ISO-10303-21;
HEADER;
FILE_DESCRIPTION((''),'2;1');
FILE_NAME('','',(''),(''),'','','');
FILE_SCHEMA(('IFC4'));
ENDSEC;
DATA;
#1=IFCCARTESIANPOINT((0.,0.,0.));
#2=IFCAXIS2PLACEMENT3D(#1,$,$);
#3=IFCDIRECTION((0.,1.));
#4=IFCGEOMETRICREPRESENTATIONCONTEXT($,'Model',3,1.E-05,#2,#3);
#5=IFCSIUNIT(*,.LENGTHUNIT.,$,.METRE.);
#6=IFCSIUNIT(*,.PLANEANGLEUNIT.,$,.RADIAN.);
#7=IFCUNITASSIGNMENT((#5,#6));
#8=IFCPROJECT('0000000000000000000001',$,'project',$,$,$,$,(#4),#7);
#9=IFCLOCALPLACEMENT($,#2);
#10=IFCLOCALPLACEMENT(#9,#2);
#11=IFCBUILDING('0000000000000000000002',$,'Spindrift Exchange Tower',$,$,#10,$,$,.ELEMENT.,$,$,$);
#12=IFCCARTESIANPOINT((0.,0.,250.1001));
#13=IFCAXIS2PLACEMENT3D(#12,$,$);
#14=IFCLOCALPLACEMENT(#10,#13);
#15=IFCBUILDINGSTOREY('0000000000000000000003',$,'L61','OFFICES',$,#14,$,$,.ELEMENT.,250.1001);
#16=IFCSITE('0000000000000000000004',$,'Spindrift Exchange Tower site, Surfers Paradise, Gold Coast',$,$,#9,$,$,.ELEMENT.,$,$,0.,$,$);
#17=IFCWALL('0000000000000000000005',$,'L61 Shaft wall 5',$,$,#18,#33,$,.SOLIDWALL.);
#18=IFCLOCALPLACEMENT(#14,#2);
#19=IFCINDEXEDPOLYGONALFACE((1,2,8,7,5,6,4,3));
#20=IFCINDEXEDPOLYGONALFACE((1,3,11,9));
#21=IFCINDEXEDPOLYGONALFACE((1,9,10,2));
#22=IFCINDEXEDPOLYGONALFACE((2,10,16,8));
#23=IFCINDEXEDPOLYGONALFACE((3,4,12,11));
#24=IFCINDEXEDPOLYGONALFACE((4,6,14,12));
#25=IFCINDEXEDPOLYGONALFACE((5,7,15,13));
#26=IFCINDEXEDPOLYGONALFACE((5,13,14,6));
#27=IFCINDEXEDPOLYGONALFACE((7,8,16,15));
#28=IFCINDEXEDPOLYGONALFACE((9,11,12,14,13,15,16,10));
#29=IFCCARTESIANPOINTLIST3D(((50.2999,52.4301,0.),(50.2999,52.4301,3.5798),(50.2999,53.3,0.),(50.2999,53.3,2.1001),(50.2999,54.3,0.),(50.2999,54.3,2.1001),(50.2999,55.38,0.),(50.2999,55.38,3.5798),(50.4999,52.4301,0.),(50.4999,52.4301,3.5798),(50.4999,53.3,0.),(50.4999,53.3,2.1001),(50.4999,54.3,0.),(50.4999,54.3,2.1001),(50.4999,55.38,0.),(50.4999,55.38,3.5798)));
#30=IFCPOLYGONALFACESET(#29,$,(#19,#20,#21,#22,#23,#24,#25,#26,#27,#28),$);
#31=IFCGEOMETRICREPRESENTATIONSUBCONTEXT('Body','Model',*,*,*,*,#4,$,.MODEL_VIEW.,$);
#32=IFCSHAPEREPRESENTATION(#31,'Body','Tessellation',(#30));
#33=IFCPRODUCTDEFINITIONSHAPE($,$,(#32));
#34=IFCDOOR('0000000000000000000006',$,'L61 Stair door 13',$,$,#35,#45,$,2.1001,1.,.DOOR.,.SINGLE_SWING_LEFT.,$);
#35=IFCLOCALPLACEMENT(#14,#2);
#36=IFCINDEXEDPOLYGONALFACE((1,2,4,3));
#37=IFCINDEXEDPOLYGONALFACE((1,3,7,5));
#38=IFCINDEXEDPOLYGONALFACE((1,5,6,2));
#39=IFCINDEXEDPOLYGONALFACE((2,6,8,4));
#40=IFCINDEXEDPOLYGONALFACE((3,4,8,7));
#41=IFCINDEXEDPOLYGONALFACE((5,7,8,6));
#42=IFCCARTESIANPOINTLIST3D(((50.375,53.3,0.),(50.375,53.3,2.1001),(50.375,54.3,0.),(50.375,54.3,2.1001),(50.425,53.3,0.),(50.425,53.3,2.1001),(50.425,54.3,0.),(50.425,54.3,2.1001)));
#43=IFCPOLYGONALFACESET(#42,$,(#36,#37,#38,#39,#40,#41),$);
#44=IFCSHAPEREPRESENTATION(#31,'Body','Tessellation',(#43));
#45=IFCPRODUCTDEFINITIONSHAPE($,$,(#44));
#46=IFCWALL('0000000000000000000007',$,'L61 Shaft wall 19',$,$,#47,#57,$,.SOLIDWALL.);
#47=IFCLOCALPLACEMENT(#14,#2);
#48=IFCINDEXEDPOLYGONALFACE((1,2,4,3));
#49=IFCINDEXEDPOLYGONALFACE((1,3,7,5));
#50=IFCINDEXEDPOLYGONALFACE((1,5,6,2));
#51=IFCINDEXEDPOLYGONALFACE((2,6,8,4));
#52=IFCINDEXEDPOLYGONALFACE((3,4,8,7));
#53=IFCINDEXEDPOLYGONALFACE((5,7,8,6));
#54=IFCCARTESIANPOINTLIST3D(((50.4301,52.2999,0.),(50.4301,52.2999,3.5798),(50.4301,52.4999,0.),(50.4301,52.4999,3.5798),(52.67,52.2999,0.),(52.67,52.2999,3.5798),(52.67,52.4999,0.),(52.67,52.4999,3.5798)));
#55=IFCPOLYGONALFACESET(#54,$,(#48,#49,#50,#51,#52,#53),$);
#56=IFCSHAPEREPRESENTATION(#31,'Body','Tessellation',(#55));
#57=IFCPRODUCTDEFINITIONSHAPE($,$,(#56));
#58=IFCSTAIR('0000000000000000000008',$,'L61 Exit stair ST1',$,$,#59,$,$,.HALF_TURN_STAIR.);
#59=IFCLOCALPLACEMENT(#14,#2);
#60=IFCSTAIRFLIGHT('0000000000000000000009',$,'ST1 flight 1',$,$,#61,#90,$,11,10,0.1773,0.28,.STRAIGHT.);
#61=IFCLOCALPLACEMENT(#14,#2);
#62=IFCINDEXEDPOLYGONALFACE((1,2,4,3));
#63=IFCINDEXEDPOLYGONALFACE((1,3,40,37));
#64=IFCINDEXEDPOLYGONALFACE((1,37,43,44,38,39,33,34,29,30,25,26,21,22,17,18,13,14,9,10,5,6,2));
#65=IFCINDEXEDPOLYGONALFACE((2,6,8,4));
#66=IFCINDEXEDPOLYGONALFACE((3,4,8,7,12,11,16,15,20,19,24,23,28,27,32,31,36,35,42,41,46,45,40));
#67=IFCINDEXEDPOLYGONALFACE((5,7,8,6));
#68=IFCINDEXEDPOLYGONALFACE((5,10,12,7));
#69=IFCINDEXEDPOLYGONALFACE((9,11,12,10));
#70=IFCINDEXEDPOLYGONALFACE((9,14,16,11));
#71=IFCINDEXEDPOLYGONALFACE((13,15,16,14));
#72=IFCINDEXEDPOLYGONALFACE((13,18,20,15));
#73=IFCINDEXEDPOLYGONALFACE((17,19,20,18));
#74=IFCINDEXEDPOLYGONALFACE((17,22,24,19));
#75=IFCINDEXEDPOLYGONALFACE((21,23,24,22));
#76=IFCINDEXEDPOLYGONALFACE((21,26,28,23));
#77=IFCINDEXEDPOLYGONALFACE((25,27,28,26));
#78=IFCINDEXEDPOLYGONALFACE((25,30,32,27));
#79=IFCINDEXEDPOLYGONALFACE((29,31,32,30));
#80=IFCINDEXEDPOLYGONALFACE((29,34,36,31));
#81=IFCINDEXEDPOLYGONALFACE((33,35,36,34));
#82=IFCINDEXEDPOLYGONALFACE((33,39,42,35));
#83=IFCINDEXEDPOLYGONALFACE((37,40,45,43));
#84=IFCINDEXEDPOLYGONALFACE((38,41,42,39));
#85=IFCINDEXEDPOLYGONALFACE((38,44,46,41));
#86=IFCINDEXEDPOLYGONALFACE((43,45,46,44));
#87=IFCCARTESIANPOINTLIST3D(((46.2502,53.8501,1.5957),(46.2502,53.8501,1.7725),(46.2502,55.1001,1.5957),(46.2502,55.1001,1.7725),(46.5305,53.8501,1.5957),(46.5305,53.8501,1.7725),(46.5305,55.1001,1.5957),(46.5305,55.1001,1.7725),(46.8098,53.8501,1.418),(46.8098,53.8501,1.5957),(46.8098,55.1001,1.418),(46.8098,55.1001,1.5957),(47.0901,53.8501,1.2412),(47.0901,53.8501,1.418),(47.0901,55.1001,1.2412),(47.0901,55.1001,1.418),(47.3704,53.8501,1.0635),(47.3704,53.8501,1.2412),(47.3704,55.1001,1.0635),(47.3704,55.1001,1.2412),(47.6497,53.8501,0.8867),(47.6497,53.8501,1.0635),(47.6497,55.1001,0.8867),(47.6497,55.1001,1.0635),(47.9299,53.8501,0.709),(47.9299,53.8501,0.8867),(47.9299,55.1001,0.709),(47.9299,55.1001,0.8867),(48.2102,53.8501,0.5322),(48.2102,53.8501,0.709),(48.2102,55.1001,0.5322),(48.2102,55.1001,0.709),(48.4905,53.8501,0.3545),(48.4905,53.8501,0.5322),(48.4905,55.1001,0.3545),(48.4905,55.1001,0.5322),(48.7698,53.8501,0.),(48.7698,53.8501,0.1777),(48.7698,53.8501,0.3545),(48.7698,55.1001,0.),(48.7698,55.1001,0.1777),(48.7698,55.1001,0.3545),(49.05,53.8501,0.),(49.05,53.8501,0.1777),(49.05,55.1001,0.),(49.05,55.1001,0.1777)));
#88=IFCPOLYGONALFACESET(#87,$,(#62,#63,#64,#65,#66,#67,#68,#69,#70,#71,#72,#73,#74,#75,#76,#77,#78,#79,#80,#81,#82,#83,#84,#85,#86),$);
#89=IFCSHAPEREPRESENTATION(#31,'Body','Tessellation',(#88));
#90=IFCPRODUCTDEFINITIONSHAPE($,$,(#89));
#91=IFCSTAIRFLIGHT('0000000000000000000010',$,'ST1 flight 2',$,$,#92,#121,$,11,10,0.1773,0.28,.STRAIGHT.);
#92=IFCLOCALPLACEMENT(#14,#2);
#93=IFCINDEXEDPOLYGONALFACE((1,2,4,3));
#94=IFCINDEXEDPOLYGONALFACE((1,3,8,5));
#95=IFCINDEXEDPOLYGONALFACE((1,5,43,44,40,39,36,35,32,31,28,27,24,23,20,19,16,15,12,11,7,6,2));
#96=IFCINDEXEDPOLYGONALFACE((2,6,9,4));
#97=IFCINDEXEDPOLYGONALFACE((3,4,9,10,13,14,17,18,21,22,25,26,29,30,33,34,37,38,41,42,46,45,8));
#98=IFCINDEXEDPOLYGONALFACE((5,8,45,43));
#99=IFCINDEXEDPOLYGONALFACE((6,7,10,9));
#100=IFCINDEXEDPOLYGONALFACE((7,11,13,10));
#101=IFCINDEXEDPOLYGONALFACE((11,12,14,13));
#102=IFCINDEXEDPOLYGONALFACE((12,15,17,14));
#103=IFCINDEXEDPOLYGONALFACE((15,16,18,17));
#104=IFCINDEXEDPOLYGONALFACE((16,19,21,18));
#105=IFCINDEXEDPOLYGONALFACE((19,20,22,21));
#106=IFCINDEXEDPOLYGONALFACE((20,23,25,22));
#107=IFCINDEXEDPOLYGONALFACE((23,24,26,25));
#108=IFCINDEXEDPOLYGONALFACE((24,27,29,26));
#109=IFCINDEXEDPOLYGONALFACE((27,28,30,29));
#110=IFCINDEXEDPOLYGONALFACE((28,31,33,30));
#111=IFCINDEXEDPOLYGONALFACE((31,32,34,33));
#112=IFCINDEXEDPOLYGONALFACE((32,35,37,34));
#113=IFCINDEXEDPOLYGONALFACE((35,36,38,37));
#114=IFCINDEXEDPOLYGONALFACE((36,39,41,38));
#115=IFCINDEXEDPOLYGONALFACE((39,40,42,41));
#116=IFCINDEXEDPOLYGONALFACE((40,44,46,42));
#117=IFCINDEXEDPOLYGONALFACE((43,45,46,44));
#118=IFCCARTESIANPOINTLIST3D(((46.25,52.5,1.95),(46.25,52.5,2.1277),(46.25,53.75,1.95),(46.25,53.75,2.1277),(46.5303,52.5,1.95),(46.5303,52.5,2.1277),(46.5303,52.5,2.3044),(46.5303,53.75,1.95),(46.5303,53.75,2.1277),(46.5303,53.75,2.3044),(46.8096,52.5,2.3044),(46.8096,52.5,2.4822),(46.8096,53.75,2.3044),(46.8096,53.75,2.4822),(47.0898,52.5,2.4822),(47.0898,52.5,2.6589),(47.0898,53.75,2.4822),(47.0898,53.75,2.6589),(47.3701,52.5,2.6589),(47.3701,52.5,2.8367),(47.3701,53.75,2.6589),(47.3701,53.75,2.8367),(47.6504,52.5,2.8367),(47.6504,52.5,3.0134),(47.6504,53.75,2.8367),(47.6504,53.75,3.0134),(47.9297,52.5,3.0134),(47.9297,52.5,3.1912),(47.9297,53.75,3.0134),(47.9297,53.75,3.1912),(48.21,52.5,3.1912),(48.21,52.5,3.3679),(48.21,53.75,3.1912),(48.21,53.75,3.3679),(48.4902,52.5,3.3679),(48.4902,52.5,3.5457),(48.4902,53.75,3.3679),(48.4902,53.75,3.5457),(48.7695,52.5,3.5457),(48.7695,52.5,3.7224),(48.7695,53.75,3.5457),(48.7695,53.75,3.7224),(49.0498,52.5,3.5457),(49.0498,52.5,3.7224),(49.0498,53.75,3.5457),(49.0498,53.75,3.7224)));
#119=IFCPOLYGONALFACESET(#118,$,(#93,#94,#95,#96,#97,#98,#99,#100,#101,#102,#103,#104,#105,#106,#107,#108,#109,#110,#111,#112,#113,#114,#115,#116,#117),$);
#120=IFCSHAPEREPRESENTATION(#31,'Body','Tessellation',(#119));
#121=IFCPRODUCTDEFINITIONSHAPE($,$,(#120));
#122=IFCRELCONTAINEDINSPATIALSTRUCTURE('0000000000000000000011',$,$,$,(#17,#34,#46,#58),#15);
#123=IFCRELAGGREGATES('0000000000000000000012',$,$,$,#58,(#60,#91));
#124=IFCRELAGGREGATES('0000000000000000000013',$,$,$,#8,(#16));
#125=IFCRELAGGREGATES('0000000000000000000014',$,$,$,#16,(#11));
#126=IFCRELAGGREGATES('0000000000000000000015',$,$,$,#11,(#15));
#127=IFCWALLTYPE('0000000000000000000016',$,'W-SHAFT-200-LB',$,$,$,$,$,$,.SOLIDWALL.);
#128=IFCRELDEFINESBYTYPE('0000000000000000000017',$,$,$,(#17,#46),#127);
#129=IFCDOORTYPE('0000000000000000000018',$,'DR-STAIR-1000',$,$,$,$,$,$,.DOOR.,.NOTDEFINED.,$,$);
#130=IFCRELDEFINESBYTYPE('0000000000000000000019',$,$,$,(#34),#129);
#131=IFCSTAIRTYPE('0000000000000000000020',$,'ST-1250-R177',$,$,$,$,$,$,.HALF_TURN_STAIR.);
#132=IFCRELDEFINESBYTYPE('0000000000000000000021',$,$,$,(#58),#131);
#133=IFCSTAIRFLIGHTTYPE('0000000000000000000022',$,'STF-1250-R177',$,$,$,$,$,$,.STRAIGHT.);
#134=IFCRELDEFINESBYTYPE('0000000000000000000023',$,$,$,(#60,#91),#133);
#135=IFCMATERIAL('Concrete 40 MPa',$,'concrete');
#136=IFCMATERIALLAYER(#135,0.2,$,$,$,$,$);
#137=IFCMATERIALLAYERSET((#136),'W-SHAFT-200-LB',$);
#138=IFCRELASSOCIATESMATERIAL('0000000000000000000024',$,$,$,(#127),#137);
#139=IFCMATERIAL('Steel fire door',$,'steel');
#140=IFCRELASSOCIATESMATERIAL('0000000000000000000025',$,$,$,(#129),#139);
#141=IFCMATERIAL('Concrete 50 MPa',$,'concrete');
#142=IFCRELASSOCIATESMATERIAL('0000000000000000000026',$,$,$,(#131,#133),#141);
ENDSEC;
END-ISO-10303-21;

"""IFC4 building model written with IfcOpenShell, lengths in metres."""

from ifc_helpers import new_model, si_unit, direction, frame, frame_2d, origin, place, context, subcontext, project, spatial, line, indexed_curve, rectangle, outline, extrude, source, transform, mapped, material, layer, layer_set, type_object, element, fill, aggregate, save


model = new_model("IFC4")

# Units and contexts
model_context = context("Model", 3, precision=1e-05, world=origin(), true_north=direction((0.0, 1.0)))
body_context = subcontext(model_context, "Body", "Model", "MODEL_VIEW")
ifc_project = project(units=[si_unit("LENGTHUNIT", "METRE"), si_unit("PLANEANGLEUNIT", "RADIAN")], contexts=[model_context])

# Site, building, storey
site_placement = place(None, origin())
site = spatial("IfcSite", under=ifc_project, at=site_placement, Name="Spindrift Exchange Tower site, Surfers Paradise, Gold Coast", CompositionType="ELEMENT", RefElevation=0.0)
building_placement = place(site_placement, origin())
building = spatial("IfcBuilding", under=site, at=building_placement, Name="Spindrift Exchange Tower", CompositionType="ELEMENT")
storey_placement = place(building_placement, frame((0.0, 0.0, 250.1001)))
storey = spatial("IfcBuildingStorey", under=building, at=storey_placement, Name="L61", Description="OFFICES", CompositionType="ELEMENT", Elevation=250.1001)

# Shared definitions
ifc_material_1 = material(Name="Concrete 50 MPa", Category="concrete")

# Shared definitions
ifc_material_2 = material(Name="Concrete 40 MPa", Category="concrete")
ifc_layer_1 = layer(ifc_material_2, 0.2)
ifc_layer_set_1 = layer_set([ifc_layer_1], Name="W-SHAFT-200-LB")
wall_type_1 = type_object("IfcWallType", Name="W-SHAFT-200-LB", PredefinedType="SOLIDWALL", material=ifc_layer_set_1)

# Wall, opening, door
wall_1_placement = place(storey_placement, frame((50.3999, 52.4299, 0.0), z_axis=(0.0, 0.0, 1.0), x_axis=(0.0, 1.0, 0.0)))
wall_1 = element("IfcWall", 1, at=wall_1_placement, inside=storey, type_object=wall_type_1, Name="L61 Shaft wall 5", PredefinedType="SOLIDWALL", context=body_context, shape_type="SweptSolid", body=[
    extrude(rectangle(XDim=2.95, YDim=0.2, at=frame_2d((1.4751, 0.0))), origin(), (0.0, 0.0, 1.0), 3.5798),
])
opening_1_placement = place(wall_1_placement, frame((0.8701, 0.0, 0.0)))
opening_1 = element("IfcOpeningElement", 2, at=opening_1_placement, cuts=wall_1, PredefinedType="OPENING", context=body_context, shape_type="SweptSolid", body=[
    extrude(rectangle(XDim=1.0, YDim=2.1001, at=frame_2d((0.5, 1.05))), frame((0.0, 0.1099, 0.0), z_axis=(0.0, -1.0, 0.0), x_axis=(1.0, 0.0, 0.0)), (0.0, 0.0, 1.0), 0.22),
])
ifc_material_3 = material(Name="Steel fire door", Category="steel")
door_type_1 = type_object("IfcDoorType", Name="DR-STAIR-1000", OperationType="NOTDEFINED", PredefinedType="DOOR", material=ifc_material_3)
shared_shape_1 = source(origin(), body_context, "Body", "SweptSolid", [
    extrude(rectangle(XDim=1.0, YDim=2.1001, at=frame_2d((0.5, 1.05))), frame((0.0, 0.0249, 0.0), z_axis=(0.0, -1.0, 0.0), x_axis=(1.0, 0.0, 0.0)), (0.0, 0.0, 1.0), 0.05),
])
door_1_placement = place(opening_1_placement, origin())
door_1 = element("IfcDoor", 3, at=door_1_placement, inside=storey, type_object=door_type_1, Name="L61 Stair door 13", OperationType="SINGLE_SWING_LEFT", OverallHeight=2.1001, OverallWidth=1.0, PredefinedType="DOOR", context=body_context, shape_type="MappedRepresentation", body=[
    mapped(shared_shape_1, transform((0.0, 0.0, 0.0), scale=1.0)),
])
fill(opening_1, door_1)

# Wall
wall_2_placement = place(storey_placement, frame((50.4299, 52.3999, 0.0), z_axis=(0.0, 0.0, 1.0), x_axis=(1.0, 0.0, 0.0)))
element("IfcWall", 4, at=wall_2_placement, inside=storey, type_object=wall_type_1, Name="L61 Shaft wall 19", PredefinedType="SOLIDWALL", context=body_context, shape_type="SweptSolid", body=[
    extrude(rectangle(XDim=2.24, YDim=0.2, at=frame_2d((1.1201, 0.0))), origin(), (0.0, 0.0, 1.0), 3.5798),
])

# Stair, stair flights
stair_type = type_object("IfcStairType", Name="ST-1250-R177", PredefinedType="HALF_TURN_STAIR", material=ifc_material_1)
stair_placement = place(storey_placement, origin())
stair = element("IfcStair", 5, at=stair_placement, inside=storey, type_object=stair_type, Name="L61 Exit stair ST1", PredefinedType="HALF_TURN_STAIR")
stair_flight_type = type_object("IfcStairFlightType", Name="STF-1250-R177", PredefinedType="STRAIGHT", material=ifc_material_1)
stair_flight_1_placement = place(storey_placement, frame((49.05, 54.4751, 0.0), z_axis=(0.0, 0.0, 1.0), x_axis=(-1.0, 0.0, 0.0)))
stair_flight_1 = element("IfcStairFlight", 6, at=stair_flight_1_placement, type_object=stair_flight_type, Name="ST1 flight 1", NumberOfRisers=11, NumberOfTreads=10, PredefinedType="STRAIGHT", RiserHeight=0.1773, TreadLength=0.28, context=body_context, shape_type="SweptSolid", body=[
    extrude(outline(indexed_curve([(0.0, 0.0), (0.0, 0.1777), (0.2803, 0.1777), (0.2803, 0.3545), (0.5596, 0.3545), (0.5596, 0.5322), (0.8398, 0.5322), (0.8398, 0.709), (1.1201, 0.709), (1.1201, 0.8867), (1.4004, 0.8867), (1.4004, 1.0635), (1.6797, 1.0635), (1.6797, 1.2412), (1.96, 1.2412), (1.96, 1.418), (2.2402, 1.418), (2.2402, 1.5957), (2.5195, 1.5957), (2.5195, 1.7725), (2.7998, 1.7725), (2.7998, 1.9502), (2.7998, 1.5957), (0.2803, 0.0)], segments=[line(1, 2, 3, 4, 5, 6, 7, 8, 9, 10, 11, 12, 13, 14, 15, 16, 17, 18, 19, 20, 21, 22, 23, 24, 1)], self_intersect=False)), frame((0.0, 0.625, 0.0), z_axis=(0.0, -1.0, 0.0), x_axis=(1.0, 0.0, 0.0)), (0.0, 0.0, 1.0), 1.25),
])
stair_flight_2_placement = place(storey_placement, frame((46.25, 53.125, 1.95), z_axis=(0.0, 0.0, 1.0), x_axis=(1.0, 0.0, 0.0)))
stair_flight_2 = element("IfcStairFlight", 7, at=stair_flight_2_placement, type_object=stair_flight_type, Name="ST1 flight 2", NumberOfRisers=11, NumberOfTreads=10, PredefinedType="STRAIGHT", RiserHeight=0.1773, TreadLength=0.28, context=body_context, shape_type="SweptSolid", body=[
    extrude(outline(indexed_curve([(0.0, 0.0), (0.0, 0.1777), (0.2803, 0.1777), (0.2803, 0.3545), (0.5596, 0.3545), (0.5596, 0.5322), (0.8398, 0.5322), (0.8398, 0.709), (1.1201, 0.709), (1.1201, 0.8867), (1.4004, 0.8867), (1.4004, 1.0635), (1.6797, 1.0635), (1.6797, 1.2412), (1.96, 1.2412), (1.96, 1.418), (2.2402, 1.418), (2.2402, 1.5957), (2.5195, 1.5957), (2.5195, 1.7725), (2.7998, 1.7725), (2.7998, 1.9502), (2.7998, 1.5957), (0.2803, 0.0)], segments=[line(1, 2, 3, 4, 5, 6, 7, 8, 9, 10, 11, 12, 13, 14, 15, 16, 17, 18, 19, 20, 21, 22, 23, 24, 1)], self_intersect=False)), frame((0.0, 0.625, 0.0), z_axis=(0.0, -1.0, 0.0), x_axis=(1.0, 0.0, 0.0)), (0.0, 0.0, 1.0), 1.25),
])
aggregate(stair, [stair_flight_1, stair_flight_2])

save(model, "model.ifc")
